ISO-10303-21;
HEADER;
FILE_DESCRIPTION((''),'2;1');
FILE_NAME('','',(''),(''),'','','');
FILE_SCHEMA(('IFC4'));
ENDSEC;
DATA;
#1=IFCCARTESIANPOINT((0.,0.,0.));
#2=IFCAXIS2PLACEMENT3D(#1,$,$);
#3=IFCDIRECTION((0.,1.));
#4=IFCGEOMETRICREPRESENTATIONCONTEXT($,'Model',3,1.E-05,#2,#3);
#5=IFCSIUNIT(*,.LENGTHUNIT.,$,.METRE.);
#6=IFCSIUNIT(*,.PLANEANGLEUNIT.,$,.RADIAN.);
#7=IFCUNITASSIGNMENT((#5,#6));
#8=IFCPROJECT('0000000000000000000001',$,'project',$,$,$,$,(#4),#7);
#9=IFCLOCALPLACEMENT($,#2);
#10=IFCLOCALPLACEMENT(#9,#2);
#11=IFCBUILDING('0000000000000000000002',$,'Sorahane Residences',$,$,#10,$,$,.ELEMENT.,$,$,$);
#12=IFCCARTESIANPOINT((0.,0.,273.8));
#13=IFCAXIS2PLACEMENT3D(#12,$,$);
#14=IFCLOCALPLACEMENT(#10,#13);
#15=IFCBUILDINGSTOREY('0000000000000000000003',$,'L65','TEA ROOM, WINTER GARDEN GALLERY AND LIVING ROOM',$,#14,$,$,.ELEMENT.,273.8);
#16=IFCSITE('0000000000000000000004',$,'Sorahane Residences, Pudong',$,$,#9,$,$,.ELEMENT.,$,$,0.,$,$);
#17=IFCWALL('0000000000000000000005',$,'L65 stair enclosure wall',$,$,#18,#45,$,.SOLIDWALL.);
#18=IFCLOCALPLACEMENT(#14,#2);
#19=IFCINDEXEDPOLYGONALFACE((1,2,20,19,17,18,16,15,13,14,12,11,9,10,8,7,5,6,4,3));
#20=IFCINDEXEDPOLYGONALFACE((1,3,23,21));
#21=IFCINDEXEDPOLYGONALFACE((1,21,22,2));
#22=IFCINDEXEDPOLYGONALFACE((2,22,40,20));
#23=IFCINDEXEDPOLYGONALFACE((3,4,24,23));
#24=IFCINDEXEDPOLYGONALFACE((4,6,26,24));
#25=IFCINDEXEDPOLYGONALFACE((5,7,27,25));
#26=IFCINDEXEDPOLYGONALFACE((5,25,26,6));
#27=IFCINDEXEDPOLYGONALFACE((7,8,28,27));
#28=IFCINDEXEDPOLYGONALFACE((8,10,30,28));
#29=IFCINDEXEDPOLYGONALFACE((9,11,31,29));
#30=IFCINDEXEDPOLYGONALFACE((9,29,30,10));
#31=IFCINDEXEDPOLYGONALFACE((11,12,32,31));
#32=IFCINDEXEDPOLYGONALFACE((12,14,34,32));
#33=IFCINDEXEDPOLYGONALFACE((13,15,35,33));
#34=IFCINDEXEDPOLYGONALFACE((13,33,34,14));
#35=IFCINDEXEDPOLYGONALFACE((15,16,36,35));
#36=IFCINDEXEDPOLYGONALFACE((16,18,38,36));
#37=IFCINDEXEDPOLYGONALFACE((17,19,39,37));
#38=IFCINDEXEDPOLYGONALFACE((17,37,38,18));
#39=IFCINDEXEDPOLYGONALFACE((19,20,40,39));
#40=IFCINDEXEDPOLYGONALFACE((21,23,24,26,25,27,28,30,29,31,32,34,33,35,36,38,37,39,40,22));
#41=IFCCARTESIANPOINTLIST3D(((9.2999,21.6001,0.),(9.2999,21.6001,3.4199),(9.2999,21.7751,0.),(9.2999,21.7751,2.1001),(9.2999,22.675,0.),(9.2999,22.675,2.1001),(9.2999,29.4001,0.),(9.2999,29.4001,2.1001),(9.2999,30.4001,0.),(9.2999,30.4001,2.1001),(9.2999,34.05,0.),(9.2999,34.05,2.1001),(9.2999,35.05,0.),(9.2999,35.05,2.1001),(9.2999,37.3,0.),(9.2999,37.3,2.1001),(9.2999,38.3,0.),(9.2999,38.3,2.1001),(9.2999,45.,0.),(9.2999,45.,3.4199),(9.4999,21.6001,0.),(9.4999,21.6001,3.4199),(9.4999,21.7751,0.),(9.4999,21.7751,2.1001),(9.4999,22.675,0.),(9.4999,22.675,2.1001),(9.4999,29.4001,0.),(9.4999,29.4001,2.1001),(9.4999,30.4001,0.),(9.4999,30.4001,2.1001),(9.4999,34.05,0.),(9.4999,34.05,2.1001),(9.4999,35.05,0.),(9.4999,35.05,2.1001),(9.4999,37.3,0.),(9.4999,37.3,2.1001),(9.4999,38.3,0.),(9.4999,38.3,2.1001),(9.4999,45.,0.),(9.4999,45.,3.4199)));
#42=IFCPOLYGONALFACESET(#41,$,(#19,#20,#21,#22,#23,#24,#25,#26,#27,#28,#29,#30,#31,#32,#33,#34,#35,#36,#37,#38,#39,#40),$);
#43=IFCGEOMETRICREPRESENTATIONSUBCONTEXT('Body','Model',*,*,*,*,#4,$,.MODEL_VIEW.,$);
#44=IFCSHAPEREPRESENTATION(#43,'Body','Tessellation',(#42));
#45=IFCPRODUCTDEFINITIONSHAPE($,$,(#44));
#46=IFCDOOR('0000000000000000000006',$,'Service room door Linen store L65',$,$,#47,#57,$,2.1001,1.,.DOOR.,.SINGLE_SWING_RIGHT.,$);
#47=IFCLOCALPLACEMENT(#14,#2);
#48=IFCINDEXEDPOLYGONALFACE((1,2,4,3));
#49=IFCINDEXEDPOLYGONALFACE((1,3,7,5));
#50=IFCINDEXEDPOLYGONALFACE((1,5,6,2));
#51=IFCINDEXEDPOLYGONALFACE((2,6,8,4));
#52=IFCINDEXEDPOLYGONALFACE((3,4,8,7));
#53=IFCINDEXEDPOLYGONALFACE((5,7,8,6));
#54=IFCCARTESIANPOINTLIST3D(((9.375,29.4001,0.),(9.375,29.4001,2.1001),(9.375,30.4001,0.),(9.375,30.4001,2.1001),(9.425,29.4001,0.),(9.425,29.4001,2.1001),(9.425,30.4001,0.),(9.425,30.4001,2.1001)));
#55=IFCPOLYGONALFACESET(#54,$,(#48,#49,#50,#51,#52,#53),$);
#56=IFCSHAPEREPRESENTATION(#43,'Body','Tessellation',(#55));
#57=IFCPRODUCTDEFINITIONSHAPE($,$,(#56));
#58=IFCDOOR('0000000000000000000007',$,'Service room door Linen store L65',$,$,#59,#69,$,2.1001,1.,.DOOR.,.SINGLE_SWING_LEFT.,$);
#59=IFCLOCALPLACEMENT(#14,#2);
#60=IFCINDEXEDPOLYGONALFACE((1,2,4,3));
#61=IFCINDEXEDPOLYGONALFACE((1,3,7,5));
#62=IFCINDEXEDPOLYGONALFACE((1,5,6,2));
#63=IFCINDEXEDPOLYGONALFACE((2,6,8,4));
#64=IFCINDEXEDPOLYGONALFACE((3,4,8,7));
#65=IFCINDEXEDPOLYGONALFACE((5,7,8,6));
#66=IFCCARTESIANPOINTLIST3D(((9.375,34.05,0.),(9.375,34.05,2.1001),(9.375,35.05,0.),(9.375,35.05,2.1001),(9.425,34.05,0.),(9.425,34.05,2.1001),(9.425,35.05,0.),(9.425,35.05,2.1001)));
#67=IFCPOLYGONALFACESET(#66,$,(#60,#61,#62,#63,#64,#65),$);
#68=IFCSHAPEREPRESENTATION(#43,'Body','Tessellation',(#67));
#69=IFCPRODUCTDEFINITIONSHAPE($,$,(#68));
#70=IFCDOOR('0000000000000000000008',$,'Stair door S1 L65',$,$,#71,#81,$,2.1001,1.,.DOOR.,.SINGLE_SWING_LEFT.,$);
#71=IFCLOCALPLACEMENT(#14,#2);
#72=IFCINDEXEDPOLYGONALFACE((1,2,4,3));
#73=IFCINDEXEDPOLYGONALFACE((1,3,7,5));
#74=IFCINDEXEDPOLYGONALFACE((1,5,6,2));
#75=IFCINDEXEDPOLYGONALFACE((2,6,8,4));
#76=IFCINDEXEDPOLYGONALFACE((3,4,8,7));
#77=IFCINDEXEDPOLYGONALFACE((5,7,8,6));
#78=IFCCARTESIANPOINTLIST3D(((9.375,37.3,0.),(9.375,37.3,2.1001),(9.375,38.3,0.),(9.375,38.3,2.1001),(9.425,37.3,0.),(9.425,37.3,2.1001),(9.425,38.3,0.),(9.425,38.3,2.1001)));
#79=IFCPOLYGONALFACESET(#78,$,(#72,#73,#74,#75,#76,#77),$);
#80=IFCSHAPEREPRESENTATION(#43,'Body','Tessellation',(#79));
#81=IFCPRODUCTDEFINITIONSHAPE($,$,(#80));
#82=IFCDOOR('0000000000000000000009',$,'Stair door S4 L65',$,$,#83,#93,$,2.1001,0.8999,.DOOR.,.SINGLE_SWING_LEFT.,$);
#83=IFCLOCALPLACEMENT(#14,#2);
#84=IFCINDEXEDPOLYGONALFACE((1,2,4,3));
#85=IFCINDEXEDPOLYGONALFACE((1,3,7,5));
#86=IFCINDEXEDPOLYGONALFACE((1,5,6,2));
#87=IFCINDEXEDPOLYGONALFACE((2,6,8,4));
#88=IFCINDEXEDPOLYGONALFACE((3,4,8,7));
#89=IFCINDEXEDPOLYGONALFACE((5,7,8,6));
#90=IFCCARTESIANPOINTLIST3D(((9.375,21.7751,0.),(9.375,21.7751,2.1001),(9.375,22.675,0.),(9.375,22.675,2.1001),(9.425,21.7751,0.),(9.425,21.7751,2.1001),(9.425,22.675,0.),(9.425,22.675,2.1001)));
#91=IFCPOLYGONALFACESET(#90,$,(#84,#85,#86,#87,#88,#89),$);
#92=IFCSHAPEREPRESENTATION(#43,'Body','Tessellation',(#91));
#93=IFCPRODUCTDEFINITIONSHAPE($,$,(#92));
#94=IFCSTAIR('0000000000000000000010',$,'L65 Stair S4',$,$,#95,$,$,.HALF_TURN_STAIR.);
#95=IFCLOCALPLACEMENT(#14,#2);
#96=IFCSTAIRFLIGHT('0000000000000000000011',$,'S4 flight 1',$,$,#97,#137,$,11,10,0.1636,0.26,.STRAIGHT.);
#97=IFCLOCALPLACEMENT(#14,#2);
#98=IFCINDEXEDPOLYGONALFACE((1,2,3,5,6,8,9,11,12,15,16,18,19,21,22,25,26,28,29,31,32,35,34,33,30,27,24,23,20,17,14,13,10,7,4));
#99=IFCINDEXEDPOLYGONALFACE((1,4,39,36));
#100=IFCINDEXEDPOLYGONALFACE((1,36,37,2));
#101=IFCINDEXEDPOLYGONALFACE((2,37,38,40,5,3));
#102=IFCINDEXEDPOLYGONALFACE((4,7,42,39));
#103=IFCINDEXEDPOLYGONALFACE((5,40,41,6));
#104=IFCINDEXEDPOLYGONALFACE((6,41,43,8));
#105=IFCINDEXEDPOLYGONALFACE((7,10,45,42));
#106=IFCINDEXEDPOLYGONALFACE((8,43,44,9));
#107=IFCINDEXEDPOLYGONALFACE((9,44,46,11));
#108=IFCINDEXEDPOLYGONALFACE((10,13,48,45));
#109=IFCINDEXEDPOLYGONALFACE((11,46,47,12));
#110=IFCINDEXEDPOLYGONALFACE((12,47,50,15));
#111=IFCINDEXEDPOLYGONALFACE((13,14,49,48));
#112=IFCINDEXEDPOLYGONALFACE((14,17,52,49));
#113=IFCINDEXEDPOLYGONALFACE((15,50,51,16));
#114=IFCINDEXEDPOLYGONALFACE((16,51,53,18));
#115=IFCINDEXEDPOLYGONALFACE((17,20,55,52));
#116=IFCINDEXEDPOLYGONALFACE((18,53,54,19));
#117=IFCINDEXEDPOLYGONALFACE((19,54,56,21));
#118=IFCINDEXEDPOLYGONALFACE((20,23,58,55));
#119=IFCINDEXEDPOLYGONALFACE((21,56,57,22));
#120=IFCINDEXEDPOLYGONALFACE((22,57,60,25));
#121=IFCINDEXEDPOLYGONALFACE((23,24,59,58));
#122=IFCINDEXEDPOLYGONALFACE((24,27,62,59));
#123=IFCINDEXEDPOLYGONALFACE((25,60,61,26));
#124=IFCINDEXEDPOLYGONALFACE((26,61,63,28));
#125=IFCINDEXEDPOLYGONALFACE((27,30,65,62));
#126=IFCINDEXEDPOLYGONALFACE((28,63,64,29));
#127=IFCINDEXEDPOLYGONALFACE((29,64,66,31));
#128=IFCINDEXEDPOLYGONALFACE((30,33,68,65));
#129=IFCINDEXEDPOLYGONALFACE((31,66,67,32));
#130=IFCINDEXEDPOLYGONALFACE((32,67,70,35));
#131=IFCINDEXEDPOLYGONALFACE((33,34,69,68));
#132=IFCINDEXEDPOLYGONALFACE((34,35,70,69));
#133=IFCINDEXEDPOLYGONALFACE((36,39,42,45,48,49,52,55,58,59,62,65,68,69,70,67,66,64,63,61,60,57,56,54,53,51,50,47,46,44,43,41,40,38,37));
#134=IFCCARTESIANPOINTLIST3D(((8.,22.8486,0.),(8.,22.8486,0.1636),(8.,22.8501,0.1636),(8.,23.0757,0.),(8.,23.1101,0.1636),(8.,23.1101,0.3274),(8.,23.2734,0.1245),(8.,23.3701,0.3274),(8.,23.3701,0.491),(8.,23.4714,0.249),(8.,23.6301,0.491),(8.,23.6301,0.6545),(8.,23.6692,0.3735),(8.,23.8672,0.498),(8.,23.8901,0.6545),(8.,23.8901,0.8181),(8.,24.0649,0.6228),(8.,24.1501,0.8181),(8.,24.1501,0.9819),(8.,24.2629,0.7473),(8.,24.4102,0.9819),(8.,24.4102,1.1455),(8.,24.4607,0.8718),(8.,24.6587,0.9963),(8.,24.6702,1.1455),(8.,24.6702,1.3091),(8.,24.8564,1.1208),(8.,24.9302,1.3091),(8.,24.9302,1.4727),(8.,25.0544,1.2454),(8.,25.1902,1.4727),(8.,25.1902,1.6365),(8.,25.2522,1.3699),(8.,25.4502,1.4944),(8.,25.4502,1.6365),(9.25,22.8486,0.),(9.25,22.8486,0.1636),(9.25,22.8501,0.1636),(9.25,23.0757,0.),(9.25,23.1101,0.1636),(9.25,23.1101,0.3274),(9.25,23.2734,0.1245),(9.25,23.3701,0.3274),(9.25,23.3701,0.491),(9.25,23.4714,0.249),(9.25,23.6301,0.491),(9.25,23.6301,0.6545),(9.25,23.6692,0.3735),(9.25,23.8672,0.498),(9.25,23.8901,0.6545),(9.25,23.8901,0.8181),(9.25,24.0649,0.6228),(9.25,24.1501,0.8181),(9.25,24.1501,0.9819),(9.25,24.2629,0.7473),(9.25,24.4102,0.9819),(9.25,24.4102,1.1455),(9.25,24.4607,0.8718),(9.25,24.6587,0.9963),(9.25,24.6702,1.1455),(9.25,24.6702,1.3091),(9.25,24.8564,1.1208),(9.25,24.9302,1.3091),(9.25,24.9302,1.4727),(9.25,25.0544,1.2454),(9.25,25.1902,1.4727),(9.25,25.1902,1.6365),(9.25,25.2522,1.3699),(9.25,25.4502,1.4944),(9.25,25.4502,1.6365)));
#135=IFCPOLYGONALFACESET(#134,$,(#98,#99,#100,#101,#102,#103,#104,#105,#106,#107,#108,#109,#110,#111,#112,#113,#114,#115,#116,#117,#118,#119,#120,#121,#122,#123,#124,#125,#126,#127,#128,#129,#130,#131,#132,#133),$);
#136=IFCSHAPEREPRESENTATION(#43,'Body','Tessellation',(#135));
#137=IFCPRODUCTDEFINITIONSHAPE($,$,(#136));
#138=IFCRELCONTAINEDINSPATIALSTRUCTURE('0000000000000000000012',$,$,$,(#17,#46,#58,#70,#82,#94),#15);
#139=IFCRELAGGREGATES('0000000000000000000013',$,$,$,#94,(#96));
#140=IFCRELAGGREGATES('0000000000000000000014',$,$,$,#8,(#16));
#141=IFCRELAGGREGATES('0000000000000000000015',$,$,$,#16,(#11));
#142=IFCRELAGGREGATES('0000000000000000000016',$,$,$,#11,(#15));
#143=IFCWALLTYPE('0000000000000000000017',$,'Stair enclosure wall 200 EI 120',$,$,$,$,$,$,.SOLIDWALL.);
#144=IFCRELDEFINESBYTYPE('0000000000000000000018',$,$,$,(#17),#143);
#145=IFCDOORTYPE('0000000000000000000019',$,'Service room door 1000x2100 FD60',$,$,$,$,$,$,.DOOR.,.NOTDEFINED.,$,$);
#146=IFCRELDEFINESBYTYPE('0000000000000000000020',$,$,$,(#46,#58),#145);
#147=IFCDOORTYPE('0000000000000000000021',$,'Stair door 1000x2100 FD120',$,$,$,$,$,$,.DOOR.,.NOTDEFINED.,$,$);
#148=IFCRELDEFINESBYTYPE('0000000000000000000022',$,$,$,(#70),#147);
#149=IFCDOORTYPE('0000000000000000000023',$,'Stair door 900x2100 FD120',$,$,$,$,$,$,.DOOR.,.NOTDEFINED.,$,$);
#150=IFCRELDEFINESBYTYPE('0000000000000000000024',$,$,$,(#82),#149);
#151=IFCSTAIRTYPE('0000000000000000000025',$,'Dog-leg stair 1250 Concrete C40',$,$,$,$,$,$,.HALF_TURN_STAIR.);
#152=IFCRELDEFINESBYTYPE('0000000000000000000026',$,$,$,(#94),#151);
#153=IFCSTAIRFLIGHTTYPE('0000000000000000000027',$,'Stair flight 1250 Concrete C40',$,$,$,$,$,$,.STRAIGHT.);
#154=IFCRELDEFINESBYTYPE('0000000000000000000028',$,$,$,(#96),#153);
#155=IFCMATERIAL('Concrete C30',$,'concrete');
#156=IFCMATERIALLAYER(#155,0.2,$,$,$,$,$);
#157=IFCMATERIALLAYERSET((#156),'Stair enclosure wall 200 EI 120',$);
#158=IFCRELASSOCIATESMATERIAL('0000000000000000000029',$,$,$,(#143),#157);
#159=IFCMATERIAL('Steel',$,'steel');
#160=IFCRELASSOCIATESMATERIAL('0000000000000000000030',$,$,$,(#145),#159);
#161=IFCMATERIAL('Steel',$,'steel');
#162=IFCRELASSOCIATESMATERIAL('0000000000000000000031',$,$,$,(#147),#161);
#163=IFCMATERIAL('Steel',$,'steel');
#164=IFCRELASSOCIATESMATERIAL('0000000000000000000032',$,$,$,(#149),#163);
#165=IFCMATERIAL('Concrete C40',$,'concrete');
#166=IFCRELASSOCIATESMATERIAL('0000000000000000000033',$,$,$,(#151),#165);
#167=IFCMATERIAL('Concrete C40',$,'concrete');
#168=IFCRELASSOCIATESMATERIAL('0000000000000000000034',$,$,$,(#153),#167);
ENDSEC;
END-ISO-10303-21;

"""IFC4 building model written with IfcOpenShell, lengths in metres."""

from ifc_helpers import new_model, si_unit, direction, frame, frame_2d, origin, place, context, subcontext, project, spatial, polyline, rectangle, outline, extrude, material, layer, layer_set, type_object, element, fill, aggregate, save


model = new_model("IFC4")

# Units and contexts
model_context = context("Model", 3, precision=1e-05, world=origin(), true_north=direction((0.0, 1.0)))
body_context = subcontext(model_context, "Body", "Model", "MODEL_VIEW")
ifc_project = project(units=[si_unit("LENGTHUNIT", "METRE"), si_unit("PLANEANGLEUNIT", "RADIAN")], contexts=[model_context])

# Site, building, storey
site_placement = place(None, origin())
site = spatial("IfcSite", under=ifc_project, at=site_placement, Name="Sorahane Residences, Pudong", CompositionType="ELEMENT", RefElevation=0.0)
building_placement = place(site_placement, origin())
building = spatial("IfcBuilding", under=site, at=building_placement, Name="Sorahane Residences", CompositionType="ELEMENT")
storey_placement = place(building_placement, frame((0.0, 0.0, 273.8)))
storey = spatial("IfcBuildingStorey", under=building, at=storey_placement, Name="L65", Description="TEA ROOM, WINTER GARDEN GALLERY AND LIVING ROOM", CompositionType="ELEMENT", Elevation=273.8)

# Wall, openings, doors
ifc_material_1 = material(Name="Concrete C30", Category="concrete")
ifc_layer_1 = layer(ifc_material_1, 0.2)
ifc_layer_set_1 = layer_set([ifc_layer_1], Name="Stair enclosure wall 200 EI 120")
wall_type_1 = type_object("IfcWallType", Name="Stair enclosure wall 200 EI 120", PredefinedType="SOLIDWALL", material=ifc_layer_set_1)
wall_1_placement = place(storey_placement, frame((9.3999, 21.6001, 0.0), z_axis=(0.0, 0.0, 1.0), x_axis=(0.0, 1.0, 0.0)))
wall_1 = element("IfcWall", 1, at=wall_1_placement, inside=storey, type_object=wall_type_1, Name="L65 stair enclosure wall", PredefinedType="SOLIDWALL", context=body_context, shape_type="SweptSolid", body=[
    extrude(rectangle(XDim=23.3999, YDim=0.2, at=frame_2d((11.7, 0.0))), origin(), (0.0, 0.0, 1.0), 3.4199),
])
opening_1_placement = place(wall_1_placement, frame((7.8, 0.0, 0.0)))
opening_1 = element("IfcOpeningElement", 2, at=opening_1_placement, cuts=wall_1, PredefinedType="OPENING", context=body_context, shape_type="SweptSolid", body=[
    extrude(rectangle(XDim=1.0, YDim=2.1001, at=frame_2d((0.5, 1.05))), frame((0.0, 0.1099, 0.0), z_axis=(0.0, -1.0, 0.0), x_axis=(1.0, 0.0, 0.0)), (0.0, 0.0, 1.0), 0.22),
])
opening_2_placement = place(wall_1_placement, frame((12.45, 0.0, 0.0)))
opening_2 = element("IfcOpeningElement", 3, at=opening_2_placement, cuts=wall_1, PredefinedType="OPENING", context=body_context, shape_type="SweptSolid", body=[
    extrude(rectangle(XDim=1.0, YDim=2.1001, at=frame_2d((0.5, 1.05))), frame((0.0, 0.1099, 0.0), z_axis=(0.0, -1.0, 0.0), x_axis=(1.0, 0.0, 0.0)), (0.0, 0.0, 1.0), 0.22),
])
opening_3_placement = place(wall_1_placement, frame((15.7, 0.0, 0.0)))
opening_3 = element("IfcOpeningElement", 4, at=opening_3_placement, cuts=wall_1, PredefinedType="OPENING", context=body_context, shape_type="SweptSolid", body=[
    extrude(rectangle(XDim=1.0, YDim=2.1001, at=frame_2d((0.5, 1.05))), frame((0.0, 0.1099, 0.0), z_axis=(0.0, -1.0, 0.0), x_axis=(1.0, 0.0, 0.0)), (0.0, 0.0, 1.0), 0.22),
])
opening_4_placement = place(wall_1_placement, frame((0.175, 0.0, 0.0)))
opening_4 = element("IfcOpeningElement", 5, at=opening_4_placement, cuts=wall_1, PredefinedType="OPENING", context=body_context, shape_type="SweptSolid", body=[
    extrude(rectangle(XDim=0.8999, YDim=2.1001, at=frame_2d((0.45, 1.05))), frame((0.0, 0.1099, 0.0), z_axis=(0.0, -1.0, 0.0), x_axis=(1.0, 0.0, 0.0)), (0.0, 0.0, 1.0), 0.22),
])
ifc_material_2 = material(Name="Steel", Category="steel")
door_type_1 = type_object("IfcDoorType", Name="Service room door 1000x2100 FD60", OperationType="NOTDEFINED", PredefinedType="DOOR", material=ifc_material_2)
door_1_placement = place(opening_1_placement, origin())
door_1 = element("IfcDoor", 6, at=door_1_placement, inside=storey, type_object=door_type_1, Name="Service room door Linen store L65", OperationType="SINGLE_SWING_RIGHT", OverallHeight=2.1001, OverallWidth=1.0, PredefinedType="DOOR", context=body_context, shape_type="SweptSolid", body=[
    extrude(rectangle(XDim=1.0, YDim=2.1001, at=frame_2d((0.5, 1.05))), frame((0.0, 0.0249, 0.0), z_axis=(0.0, -1.0, 0.0), x_axis=(1.0, 0.0, 0.0)), (0.0, 0.0, 1.0), 0.05),
])
fill(opening_1, door_1)
door_2_placement = place(opening_2_placement, origin())
door_2 = element("IfcDoor", 7, at=door_2_placement, inside=storey, type_object=door_type_1, Name="Service room door Linen store L65", OperationType="SINGLE_SWING_LEFT", OverallHeight=2.1001, OverallWidth=1.0, PredefinedType="DOOR", context=body_context, shape_type="SweptSolid", body=[
    extrude(rectangle(XDim=1.0, YDim=2.1001, at=frame_2d((0.5, 1.05))), frame((0.0, 0.0249, 0.0), z_axis=(0.0, -1.0, 0.0), x_axis=(1.0, 0.0, 0.0)), (0.0, 0.0, 1.0), 0.05),
])
fill(opening_2, door_2)
ifc_material_3 = material(Name="Steel", Category="steel")
door_type_2 = type_object("IfcDoorType", Name="Stair door 1000x2100 FD120", OperationType="NOTDEFINED", PredefinedType="DOOR", material=ifc_material_3)
door_3_placement = place(opening_3_placement, origin())
door_3 = element("IfcDoor", 8, at=door_3_placement, inside=storey, type_object=door_type_2, Name="Stair door S1 L65", OperationType="SINGLE_SWING_LEFT", OverallHeight=2.1001, OverallWidth=1.0, PredefinedType="DOOR", context=body_context, shape_type="SweptSolid", body=[
    extrude(rectangle(XDim=1.0, YDim=2.1001, at=frame_2d((0.5, 1.05))), frame((0.0, 0.0249, 0.0), z_axis=(0.0, -1.0, 0.0), x_axis=(1.0, 0.0, 0.0)), (0.0, 0.0, 1.0), 0.05),
])
fill(opening_3, door_3)
ifc_material_4 = material(Name="Steel", Category="steel")
door_type_3 = type_object("IfcDoorType", Name="Stair door 900x2100 FD120", OperationType="NOTDEFINED", PredefinedType="DOOR", material=ifc_material_4)
door_4_placement = place(opening_4_placement, origin())
door_4 = element("IfcDoor", 9, at=door_4_placement, inside=storey, type_object=door_type_3, Name="Stair door S4 L65", OperationType="SINGLE_SWING_LEFT", OverallHeight=2.1001, OverallWidth=0.8999, PredefinedType="DOOR", context=body_context, shape_type="SweptSolid", body=[
    extrude(rectangle(XDim=0.8999, YDim=2.1001, at=frame_2d((0.45, 1.05))), frame((0.0, 0.0249, 0.0), z_axis=(0.0, -1.0, 0.0), x_axis=(1.0, 0.0, 0.0)), (0.0, 0.0, 1.0), 0.05),
])
fill(opening_4, door_4)

# Stair, stair flight
ifc_material_5 = material(Name="Concrete C40", Category="concrete")
stair_type = type_object("IfcStairType", Name="Dog-leg stair 1250 Concrete C40", PredefinedType="HALF_TURN_STAIR", material=ifc_material_5)
stair_placement = place(storey_placement, origin())
stair = element("IfcStair", 10, at=stair_placement, inside=storey, type_object=stair_type, Name="L65 Stair S4", PredefinedType="HALF_TURN_STAIR")
ifc_material_6 = material(Name="Concrete C40", Category="concrete")
stair_flight_type = type_object("IfcStairFlightType", Name="Stair flight 1250 Concrete C40", PredefinedType="STRAIGHT", material=ifc_material_6)
stair_flight_placement = place(storey_placement, frame((8.625, 22.8501, 0.0), z_axis=(0.0, 0.0, 1.0), x_axis=(0.0, 1.0, 0.0)))
stair_flight = element("IfcStairFlight", 11, at=stair_flight_placement, type_object=stair_flight_type, Name="S4 flight 1", NumberOfRisers=11, NumberOfTreads=10, PredefinedType="STRAIGHT", RiserHeight=0.1636, TreadLength=0.26, context=body_context, shape_type="SweptSolid", body=[
    extrude(outline(polyline([(-0.0015, 0.0), (-0.0015, 0.1636), (0.0, 0.1636), (0.26, 0.1636), (0.26, 0.3274), (0.52, 0.3274), (0.52, 0.491), (0.78, 0.491), (0.78, 0.6545), (1.04, 0.6545), (1.04, 0.8181), (1.3, 0.8181), (1.3, 0.9819), (1.5601, 0.9819), (1.5601, 1.1455), (1.8201, 1.1455), (1.8201, 1.3091), (2.0801, 1.3091), (2.0801, 1.4727), (2.3401, 1.4727), (2.3401, 1.6365), (2.6001, 1.6365), (2.6001, 1.8), (2.6001, 1.4944), (2.4021, 1.3699), (2.2043, 1.2454), (2.0063, 1.1208), (1.8086, 0.9963), (1.6106, 0.8718), (1.4128, 0.7473), (1.2148, 0.6228), (1.0171, 0.498), (0.8191, 0.3735), (0.6213, 0.249), (0.4233, 0.1245), (0.2256, 0.0), (-0.0015, 0.0)])), frame((0.0, 0.625, 0.0), z_axis=(0.0, -1.0, 0.0), x_axis=(1.0, 0.0, 0.0)), (0.0, 0.0, 1.0), 1.25),
])
aggregate(stair, [stair_flight])

save(model, "model.ifc")
